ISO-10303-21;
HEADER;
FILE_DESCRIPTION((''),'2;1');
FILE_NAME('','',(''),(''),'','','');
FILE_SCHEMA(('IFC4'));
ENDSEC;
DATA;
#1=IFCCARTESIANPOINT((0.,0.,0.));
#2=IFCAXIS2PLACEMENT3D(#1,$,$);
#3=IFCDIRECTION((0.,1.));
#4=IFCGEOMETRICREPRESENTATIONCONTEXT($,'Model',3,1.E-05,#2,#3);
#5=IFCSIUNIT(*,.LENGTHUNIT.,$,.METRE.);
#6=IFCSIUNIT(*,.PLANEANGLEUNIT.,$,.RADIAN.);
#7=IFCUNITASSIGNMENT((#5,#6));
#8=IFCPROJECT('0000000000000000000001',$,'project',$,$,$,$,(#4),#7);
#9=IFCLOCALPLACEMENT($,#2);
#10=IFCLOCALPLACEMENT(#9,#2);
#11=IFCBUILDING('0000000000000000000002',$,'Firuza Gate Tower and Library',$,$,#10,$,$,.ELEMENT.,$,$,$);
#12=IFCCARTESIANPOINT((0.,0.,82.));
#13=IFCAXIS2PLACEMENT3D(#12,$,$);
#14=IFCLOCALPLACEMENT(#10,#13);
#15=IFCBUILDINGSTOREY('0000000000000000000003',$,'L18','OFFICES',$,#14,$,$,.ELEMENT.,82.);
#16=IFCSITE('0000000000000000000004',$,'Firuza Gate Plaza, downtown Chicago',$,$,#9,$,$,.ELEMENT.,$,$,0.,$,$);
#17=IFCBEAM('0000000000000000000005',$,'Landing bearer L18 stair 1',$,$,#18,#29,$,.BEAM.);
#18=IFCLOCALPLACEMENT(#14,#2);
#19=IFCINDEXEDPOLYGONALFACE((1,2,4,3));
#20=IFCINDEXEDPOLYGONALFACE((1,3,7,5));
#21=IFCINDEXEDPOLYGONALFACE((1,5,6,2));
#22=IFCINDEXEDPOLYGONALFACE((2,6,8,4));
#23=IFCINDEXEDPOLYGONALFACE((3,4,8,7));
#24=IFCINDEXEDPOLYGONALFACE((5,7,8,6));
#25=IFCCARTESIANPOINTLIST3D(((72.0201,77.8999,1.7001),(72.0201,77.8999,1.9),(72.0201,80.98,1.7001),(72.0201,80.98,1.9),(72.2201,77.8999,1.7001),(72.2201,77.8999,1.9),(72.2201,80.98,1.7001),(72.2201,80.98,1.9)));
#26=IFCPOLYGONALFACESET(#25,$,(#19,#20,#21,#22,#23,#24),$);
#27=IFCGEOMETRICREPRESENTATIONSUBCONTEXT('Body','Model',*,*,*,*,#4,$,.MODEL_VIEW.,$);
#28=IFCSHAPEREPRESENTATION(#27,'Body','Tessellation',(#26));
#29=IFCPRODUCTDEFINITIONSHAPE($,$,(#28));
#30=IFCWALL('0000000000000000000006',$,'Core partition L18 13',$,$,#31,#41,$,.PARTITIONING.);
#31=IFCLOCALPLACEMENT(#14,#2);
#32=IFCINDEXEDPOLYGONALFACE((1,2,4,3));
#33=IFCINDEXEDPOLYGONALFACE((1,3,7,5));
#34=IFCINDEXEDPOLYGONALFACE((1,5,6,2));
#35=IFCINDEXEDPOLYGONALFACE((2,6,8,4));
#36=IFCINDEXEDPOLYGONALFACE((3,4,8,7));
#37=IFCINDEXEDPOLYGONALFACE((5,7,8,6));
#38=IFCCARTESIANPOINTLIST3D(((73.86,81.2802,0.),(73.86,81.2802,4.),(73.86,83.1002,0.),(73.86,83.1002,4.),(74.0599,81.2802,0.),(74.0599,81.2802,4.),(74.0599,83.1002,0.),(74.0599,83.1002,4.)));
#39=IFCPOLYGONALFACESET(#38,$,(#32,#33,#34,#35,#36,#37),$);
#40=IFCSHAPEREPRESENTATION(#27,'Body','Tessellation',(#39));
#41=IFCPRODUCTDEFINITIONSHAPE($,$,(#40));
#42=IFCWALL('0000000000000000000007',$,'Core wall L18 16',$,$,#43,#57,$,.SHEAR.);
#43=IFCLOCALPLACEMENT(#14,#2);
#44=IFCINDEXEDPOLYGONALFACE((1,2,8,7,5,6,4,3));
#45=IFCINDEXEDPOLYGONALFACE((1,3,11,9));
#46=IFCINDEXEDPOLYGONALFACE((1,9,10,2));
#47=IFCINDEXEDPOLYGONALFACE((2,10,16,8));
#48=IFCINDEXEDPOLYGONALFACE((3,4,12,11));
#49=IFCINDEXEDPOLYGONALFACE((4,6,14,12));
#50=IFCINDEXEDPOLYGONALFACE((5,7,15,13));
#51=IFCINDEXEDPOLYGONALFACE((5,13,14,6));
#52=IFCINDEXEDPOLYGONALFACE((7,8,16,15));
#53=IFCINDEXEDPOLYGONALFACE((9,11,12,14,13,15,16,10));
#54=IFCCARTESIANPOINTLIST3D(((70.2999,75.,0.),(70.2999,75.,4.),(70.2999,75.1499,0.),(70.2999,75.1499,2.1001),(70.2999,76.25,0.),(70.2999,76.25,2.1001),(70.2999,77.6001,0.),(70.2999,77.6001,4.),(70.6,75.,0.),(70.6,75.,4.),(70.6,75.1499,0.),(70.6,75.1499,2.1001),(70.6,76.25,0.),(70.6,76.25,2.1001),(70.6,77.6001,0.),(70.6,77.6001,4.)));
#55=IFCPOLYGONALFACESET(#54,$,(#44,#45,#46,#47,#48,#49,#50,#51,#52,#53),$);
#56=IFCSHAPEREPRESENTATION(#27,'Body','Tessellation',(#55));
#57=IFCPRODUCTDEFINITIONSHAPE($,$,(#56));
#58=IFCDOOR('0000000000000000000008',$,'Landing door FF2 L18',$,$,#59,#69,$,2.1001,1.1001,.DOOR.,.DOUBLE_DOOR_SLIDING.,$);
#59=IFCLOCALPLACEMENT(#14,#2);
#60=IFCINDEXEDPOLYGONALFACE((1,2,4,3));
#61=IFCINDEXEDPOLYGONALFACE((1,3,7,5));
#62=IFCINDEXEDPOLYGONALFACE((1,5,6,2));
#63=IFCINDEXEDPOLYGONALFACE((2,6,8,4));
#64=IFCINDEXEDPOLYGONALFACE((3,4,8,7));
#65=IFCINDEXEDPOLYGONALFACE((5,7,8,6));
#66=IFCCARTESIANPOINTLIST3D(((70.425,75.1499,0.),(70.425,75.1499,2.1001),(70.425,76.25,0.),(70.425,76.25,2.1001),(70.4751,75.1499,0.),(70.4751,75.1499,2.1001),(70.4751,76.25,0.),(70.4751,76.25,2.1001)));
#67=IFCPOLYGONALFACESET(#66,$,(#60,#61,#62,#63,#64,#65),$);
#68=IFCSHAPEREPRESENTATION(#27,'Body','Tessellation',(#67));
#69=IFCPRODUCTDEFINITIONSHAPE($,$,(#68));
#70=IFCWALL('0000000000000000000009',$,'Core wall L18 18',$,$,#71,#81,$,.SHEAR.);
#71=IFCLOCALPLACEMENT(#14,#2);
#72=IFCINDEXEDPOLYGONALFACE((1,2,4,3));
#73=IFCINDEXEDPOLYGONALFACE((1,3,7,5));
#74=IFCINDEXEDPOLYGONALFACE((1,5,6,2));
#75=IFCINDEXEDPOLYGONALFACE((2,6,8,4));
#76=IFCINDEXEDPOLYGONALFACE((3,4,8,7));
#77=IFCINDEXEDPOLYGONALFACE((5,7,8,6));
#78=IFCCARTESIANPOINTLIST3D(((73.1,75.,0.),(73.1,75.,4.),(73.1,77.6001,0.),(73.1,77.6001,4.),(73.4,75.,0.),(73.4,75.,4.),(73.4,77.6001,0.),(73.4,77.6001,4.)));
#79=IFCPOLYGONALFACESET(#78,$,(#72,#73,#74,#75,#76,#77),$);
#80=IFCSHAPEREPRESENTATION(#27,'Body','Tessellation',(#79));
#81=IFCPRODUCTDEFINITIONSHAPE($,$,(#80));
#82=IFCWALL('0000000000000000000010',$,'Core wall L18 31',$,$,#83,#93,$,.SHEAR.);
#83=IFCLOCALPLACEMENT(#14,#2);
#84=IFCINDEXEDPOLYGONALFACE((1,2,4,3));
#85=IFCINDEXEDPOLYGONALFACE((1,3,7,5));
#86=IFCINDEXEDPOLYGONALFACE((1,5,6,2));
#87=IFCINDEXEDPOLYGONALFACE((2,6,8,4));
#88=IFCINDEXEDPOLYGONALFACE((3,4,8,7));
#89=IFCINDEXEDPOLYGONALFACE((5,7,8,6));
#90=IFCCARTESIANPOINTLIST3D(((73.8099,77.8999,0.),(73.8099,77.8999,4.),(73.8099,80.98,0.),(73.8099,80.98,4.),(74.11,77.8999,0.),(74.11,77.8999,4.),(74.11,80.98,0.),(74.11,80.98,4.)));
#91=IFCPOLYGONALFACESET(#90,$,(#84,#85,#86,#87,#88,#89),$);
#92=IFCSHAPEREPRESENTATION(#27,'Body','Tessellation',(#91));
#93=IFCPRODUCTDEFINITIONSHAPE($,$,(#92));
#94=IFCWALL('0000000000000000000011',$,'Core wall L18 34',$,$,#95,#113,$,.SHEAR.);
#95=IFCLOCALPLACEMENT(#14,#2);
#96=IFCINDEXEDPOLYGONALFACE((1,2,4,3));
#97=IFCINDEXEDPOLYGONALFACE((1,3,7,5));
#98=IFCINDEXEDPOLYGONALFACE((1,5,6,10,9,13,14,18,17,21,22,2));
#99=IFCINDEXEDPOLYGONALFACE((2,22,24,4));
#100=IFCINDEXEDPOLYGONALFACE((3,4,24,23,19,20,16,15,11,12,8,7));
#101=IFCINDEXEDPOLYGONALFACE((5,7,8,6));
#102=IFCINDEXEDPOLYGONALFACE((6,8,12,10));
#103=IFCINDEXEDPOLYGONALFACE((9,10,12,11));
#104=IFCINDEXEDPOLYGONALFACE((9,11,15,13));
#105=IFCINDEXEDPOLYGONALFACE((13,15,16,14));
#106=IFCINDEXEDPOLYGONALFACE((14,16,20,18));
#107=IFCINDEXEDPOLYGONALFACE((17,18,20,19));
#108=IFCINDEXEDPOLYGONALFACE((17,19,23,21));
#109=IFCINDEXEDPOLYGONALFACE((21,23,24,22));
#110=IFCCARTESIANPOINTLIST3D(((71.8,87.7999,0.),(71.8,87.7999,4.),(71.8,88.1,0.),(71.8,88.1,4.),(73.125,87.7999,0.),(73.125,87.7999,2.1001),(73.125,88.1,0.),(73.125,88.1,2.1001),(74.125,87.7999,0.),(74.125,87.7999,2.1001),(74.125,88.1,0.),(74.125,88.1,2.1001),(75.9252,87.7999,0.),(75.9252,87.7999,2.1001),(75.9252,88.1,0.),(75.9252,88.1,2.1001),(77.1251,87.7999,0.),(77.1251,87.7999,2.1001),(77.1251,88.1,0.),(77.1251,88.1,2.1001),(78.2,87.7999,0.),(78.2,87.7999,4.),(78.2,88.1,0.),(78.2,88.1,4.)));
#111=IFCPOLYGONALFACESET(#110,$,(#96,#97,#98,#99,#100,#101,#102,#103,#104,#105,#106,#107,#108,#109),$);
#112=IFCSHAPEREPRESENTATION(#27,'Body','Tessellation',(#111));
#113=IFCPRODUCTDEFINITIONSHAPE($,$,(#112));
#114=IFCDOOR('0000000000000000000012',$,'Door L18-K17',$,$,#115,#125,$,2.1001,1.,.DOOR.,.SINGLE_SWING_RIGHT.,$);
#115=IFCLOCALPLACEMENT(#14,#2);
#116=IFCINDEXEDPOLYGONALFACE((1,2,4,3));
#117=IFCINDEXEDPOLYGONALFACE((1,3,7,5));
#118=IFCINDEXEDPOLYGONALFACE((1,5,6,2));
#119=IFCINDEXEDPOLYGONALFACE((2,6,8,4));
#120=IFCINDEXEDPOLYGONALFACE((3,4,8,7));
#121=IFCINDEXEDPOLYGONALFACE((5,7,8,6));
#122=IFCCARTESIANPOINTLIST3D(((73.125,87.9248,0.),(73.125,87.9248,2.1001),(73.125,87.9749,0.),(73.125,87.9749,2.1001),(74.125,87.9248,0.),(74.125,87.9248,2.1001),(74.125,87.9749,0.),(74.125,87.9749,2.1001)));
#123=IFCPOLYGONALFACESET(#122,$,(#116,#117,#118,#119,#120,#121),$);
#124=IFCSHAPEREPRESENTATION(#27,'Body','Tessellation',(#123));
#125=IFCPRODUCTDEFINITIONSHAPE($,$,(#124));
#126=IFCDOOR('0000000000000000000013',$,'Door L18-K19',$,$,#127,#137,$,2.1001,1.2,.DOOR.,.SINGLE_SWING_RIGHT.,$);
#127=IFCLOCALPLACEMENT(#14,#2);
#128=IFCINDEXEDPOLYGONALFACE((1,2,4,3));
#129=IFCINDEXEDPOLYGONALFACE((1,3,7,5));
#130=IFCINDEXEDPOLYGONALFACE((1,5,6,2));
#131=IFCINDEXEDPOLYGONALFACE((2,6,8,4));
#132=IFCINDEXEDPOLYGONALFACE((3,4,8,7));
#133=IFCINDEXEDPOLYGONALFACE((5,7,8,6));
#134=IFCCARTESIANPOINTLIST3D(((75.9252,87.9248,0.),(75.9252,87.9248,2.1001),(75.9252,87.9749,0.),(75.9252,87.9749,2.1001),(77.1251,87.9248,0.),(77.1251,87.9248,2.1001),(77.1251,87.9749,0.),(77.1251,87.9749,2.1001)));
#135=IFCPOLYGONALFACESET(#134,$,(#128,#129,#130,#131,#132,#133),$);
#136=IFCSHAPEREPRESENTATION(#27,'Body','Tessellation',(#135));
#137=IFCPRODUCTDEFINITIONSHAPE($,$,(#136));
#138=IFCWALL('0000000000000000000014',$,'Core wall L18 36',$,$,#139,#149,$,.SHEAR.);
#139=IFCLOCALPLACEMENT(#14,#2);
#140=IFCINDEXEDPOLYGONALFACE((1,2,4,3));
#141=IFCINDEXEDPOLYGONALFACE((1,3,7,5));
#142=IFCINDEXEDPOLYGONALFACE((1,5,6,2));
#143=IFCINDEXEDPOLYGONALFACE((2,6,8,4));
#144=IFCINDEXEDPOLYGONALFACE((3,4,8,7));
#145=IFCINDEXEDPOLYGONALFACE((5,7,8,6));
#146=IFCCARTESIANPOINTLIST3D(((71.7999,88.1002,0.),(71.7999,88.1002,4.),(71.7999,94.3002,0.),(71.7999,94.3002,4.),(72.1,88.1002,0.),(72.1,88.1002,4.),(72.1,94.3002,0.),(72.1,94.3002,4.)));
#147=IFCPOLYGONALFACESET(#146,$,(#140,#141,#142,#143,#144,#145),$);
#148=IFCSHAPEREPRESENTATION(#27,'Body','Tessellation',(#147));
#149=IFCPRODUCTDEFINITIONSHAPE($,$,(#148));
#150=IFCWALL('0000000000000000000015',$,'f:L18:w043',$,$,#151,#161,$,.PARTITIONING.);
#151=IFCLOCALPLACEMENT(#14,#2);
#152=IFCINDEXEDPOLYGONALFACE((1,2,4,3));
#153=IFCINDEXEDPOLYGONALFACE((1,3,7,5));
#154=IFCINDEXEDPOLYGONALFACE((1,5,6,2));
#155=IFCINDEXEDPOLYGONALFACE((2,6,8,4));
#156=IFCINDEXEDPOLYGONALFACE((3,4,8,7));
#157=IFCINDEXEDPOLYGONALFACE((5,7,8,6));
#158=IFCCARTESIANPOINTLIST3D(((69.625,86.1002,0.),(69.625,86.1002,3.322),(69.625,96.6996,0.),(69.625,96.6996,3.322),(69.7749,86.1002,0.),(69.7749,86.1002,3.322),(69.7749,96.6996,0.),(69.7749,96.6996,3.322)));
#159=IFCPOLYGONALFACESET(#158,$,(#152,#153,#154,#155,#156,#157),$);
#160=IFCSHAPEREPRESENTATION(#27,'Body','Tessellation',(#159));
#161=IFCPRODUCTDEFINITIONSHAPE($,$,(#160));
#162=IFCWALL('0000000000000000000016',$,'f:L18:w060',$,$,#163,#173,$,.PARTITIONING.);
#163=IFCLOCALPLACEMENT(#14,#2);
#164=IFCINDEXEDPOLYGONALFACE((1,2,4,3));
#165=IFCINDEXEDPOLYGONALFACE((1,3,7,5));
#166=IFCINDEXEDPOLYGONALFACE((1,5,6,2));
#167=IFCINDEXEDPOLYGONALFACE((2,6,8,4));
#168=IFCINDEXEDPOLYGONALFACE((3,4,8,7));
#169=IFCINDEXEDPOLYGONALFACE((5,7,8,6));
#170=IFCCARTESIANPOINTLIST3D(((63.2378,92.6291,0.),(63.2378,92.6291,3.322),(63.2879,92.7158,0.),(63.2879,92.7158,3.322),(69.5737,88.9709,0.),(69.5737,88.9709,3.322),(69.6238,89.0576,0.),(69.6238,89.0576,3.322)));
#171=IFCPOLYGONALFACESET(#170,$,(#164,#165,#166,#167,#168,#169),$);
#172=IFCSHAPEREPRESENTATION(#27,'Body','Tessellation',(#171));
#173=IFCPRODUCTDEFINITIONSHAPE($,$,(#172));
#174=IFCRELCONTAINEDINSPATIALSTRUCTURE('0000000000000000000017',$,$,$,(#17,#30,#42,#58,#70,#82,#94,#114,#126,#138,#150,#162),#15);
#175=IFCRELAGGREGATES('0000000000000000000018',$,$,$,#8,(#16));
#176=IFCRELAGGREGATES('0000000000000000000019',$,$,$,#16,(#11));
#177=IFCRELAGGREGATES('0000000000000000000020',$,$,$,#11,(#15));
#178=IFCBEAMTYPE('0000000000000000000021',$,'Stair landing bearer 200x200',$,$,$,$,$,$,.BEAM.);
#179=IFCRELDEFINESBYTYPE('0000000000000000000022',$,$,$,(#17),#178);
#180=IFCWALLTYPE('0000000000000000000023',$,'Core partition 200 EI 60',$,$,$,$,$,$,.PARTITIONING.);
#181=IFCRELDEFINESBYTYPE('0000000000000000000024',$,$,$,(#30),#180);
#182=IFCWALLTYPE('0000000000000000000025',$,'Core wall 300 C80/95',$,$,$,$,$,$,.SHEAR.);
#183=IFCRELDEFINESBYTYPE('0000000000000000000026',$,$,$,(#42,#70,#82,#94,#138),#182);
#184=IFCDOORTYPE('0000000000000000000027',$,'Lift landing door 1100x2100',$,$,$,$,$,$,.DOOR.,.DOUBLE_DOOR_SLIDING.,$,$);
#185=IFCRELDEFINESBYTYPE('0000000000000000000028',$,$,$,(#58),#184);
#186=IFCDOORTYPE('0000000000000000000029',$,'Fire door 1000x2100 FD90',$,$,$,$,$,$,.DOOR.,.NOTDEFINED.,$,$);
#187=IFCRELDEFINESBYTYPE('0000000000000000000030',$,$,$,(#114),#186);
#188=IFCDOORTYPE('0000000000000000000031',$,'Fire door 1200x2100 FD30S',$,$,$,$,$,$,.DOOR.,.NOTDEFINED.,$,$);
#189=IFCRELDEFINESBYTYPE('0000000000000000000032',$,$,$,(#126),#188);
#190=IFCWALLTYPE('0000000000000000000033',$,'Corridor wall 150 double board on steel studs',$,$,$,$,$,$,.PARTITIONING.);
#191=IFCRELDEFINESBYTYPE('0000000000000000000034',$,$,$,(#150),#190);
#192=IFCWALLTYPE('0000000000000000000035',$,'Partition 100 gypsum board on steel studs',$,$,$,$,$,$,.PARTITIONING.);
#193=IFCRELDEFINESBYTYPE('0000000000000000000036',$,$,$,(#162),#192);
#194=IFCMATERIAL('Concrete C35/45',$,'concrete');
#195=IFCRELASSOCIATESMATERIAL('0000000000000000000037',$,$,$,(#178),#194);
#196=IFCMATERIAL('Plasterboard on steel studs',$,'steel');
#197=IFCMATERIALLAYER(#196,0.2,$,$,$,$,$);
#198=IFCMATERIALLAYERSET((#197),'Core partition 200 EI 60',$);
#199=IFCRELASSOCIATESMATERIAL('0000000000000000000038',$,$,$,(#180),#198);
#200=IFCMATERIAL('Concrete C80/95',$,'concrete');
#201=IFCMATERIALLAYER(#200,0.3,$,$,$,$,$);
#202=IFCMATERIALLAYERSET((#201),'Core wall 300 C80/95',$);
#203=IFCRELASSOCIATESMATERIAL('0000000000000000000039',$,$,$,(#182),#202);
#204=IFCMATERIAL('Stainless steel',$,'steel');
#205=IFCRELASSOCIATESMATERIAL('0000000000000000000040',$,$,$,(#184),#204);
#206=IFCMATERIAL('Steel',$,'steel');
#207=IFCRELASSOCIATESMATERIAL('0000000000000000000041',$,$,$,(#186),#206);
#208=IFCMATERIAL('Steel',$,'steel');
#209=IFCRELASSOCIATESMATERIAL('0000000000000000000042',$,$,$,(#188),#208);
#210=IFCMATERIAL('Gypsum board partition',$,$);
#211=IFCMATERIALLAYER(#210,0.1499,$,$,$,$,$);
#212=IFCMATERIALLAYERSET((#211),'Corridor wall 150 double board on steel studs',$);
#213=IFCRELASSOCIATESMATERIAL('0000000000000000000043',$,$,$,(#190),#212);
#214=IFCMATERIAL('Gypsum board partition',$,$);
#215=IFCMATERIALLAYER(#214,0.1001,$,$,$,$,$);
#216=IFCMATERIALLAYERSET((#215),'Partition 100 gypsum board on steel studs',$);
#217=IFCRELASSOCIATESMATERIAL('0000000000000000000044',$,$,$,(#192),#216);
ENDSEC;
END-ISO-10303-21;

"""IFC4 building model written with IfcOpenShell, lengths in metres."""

from ifc_helpers import new_model, si_unit, direction, frame, frame_2d, origin, origin_2d, place, context, subcontext, project, spatial, rectangle, extrude, material, layer, layer_set, material_profile, profile_set, type_object, element, fill, save


model = new_model("IFC4")

# Units and contexts
model_context = context("Model", 3, precision=1e-05, world=origin(), true_north=direction((0.0, 1.0)))
body_context = subcontext(model_context, "Body", "Model", "MODEL_VIEW")
ifc_project = project(units=[si_unit("LENGTHUNIT", "METRE"), si_unit("PLANEANGLEUNIT", "RADIAN")], contexts=[model_context])

# Site, building, storey
site_placement = place(None, origin())
site = spatial("IfcSite", under=ifc_project, at=site_placement, Name="Firuza Gate Plaza, downtown Chicago", CompositionType="ELEMENT", RefElevation=0.0)
building_placement = place(site_placement, origin())
building = spatial("IfcBuilding", under=site, at=building_placement, Name="Firuza Gate Tower and Library", CompositionType="ELEMENT")
storey_placement = place(building_placement, frame((0.0, 0.0, 82.0)))
storey = spatial("IfcBuildingStorey", under=building, at=storey_placement, Name="L18", Description="OFFICES", CompositionType="ELEMENT", Elevation=82.0)

# Beam
ifc_material_1 = material(Name="Concrete C35/45", Category="concrete")
ifc_material_profile = material_profile(ifc_material_1, rectangle(XDim=0.2, YDim=0.2, at=origin_2d()))
ifc_profile_set = profile_set([ifc_material_profile], Name="Concrete C35/45")
beam_type = type_object("IfcBeamType", Name="Stair landing bearer 200x200", PredefinedType="BEAM", material=ifc_profile_set)
beam_placement = place(storey_placement, frame((72.1201, 77.8999, 1.8), z_axis=(0.0, 1.0, 0.0), x_axis=(-1.0, 0.0, 0.0)))
element("IfcBeam", 1, at=beam_placement, inside=storey, type_object=beam_type, Name="Landing bearer L18 stair 1", PredefinedType="BEAM", context=body_context, shape_type="SweptSolid", body=[
    extrude(rectangle(XDim=0.2, YDim=0.2, at=origin_2d()), origin(), (0.0, 0.0, 1.0), 3.0801),
])

# Wall
ifc_material_2 = material(Name="Plasterboard on steel studs", Category="steel")
ifc_layer_1 = layer(ifc_material_2, 0.2)
ifc_layer_set_1 = layer_set([ifc_layer_1], Name="Core partition 200 EI 60")
wall_type_1 = type_object("IfcWallType", Name="Core partition 200 EI 60", PredefinedType="PARTITIONING", material=ifc_layer_set_1)
wall_1_placement = place(storey_placement, frame((73.96, 81.28, 0.0), z_axis=(0.0, 0.0, 1.0), x_axis=(0.0, 1.0, 0.0)))
element("IfcWall", 2, at=wall_1_placement, inside=storey, type_object=wall_type_1, Name="Core partition L18 13", PredefinedType="PARTITIONING", context=body_context, shape_type="SweptSolid", body=[
    extrude(rectangle(XDim=1.8201, YDim=0.2, at=frame_2d((0.9102, 0.0))), origin(), (0.0, 0.0, 1.0), 4.0),
])

# Wall, opening, door
ifc_material_3 = material(Name="Concrete C80/95", Category="concrete")
ifc_layer_2 = layer(ifc_material_3, 0.3)
ifc_layer_set_2 = layer_set([ifc_layer_2], Name="Core wall 300 C80/95")
wall_type_2 = type_object("IfcWallType", Name="Core wall 300 C80/95", PredefinedType="SHEAR", material=ifc_layer_set_2)
wall_2_placement = place(storey_placement, frame((70.45, 75.0, 0.0), z_axis=(0.0, 0.0, 1.0), x_axis=(0.0, 1.0, 0.0)))
wall_2 = element("IfcWall", 3, at=wall_2_placement, inside=storey, type_object=wall_type_2, Name="Core wall L18 16", PredefinedType="SHEAR", context=body_context, shape_type="SweptSolid", body=[
    extrude(rectangle(XDim=2.6001, YDim=0.3, at=frame_2d((1.3, 0.0))), origin(), (0.0, 0.0, 1.0), 4.0),
])
opening_1_placement = place(wall_2_placement, frame((0.1499, 0.0, 0.0)))
opening_1 = element("IfcOpeningElement", 4, at=opening_1_placement, cuts=wall_2, PredefinedType="OPENING", context=body_context, shape_type="SweptSolid", body=[
    extrude(rectangle(XDim=1.1001, YDim=2.1001, at=frame_2d((0.55, 1.05))), frame((0.0, 0.1602, 0.0), z_axis=(0.0, -1.0, 0.0), x_axis=(1.0, 0.0, 0.0)), (0.0, 0.0, 1.0), 0.3201),
])
ifc_material_4 = material(Name="Stainless steel", Category="steel")
door_type_1 = type_object("IfcDoorType", Name="Lift landing door 1100x2100", OperationType="DOUBLE_DOOR_SLIDING", PredefinedType="DOOR", material=ifc_material_4)
door_1_placement = place(opening_1_placement, origin())
door_1 = element("IfcDoor", 5, at=door_1_placement, inside=storey, type_object=door_type_1, Name="Landing door FF2 L18", OperationType="DOUBLE_DOOR_SLIDING", OverallHeight=2.1001, OverallWidth=1.1001, PredefinedType="DOOR", context=body_context, shape_type="SweptSolid", body=[
    extrude(rectangle(XDim=1.1001, YDim=2.1001, at=frame_2d((0.55, 1.05))), frame((0.0, 0.0249, 0.0), z_axis=(0.0, -1.0, 0.0), x_axis=(1.0, 0.0, 0.0)), (0.0, 0.0, 1.0), 0.05),
])
fill(opening_1, door_1)

# Walls
wall_3_placement = place(storey_placement, frame((73.25, 75.0, 0.0), z_axis=(0.0, 0.0, 1.0), x_axis=(0.0, 1.0, 0.0)))
element("IfcWall", 6, at=wall_3_placement, inside=storey, type_object=wall_type_2, Name="Core wall L18 18", PredefinedType="SHEAR", context=body_context, shape_type="SweptSolid", body=[
    extrude(rectangle(XDim=2.6001, YDim=0.3, at=frame_2d((1.3, 0.0))), origin(), (0.0, 0.0, 1.0), 4.0),
])
wall_4_placement = place(storey_placement, frame((73.96, 77.8999, 0.0), z_axis=(0.0, 0.0, 1.0), x_axis=(0.0, 1.0, 0.0)))
element("IfcWall", 7, at=wall_4_placement, inside=storey, type_object=wall_type_2, Name="Core wall L18 31", PredefinedType="SHEAR", context=body_context, shape_type="SweptSolid", body=[
    extrude(rectangle(XDim=3.0801, YDim=0.3, at=frame_2d((1.54, 0.0))), origin(), (0.0, 0.0, 1.0), 4.0),
])

# Wall, openings, doors
wall_5_placement = place(storey_placement, frame((71.8, 87.95, 0.0), z_axis=(0.0, 0.0, 1.0), x_axis=(1.0, 0.0, 0.0)))
wall_5 = element("IfcWall", 8, at=wall_5_placement, inside=storey, type_object=wall_type_2, Name="Core wall L18 34", PredefinedType="SHEAR", context=body_context, shape_type="SweptSolid", body=[
    extrude(rectangle(XDim=6.3999, YDim=0.3, at=frame_2d((3.2, 0.0))), origin(), (0.0, 0.0, 1.0), 4.0),
])
opening_2_placement = place(wall_5_placement, frame((1.325, 0.0, 0.0)))
opening_2 = element("IfcOpeningElement", 9, at=opening_2_placement, cuts=wall_5, PredefinedType="OPENING", context=body_context, shape_type="SweptSolid", body=[
    extrude(rectangle(XDim=1.0, YDim=2.1001, at=frame_2d((0.5, 1.05))), frame((0.0, 0.1602, 0.0), z_axis=(0.0, -1.0, 0.0), x_axis=(1.0, 0.0, 0.0)), (0.0, 0.0, 1.0), 0.3201),
])
opening_3_placement = place(wall_5_placement, frame((4.125, 0.0, 0.0)))
opening_3 = element("IfcOpeningElement", 10, at=opening_3_placement, cuts=wall_5, PredefinedType="OPENING", context=body_context, shape_type="SweptSolid", body=[
    extrude(rectangle(XDim=1.2, YDim=2.1001, at=frame_2d((0.6001, 1.05))), frame((0.0, 0.1602, 0.0), z_axis=(0.0, -1.0, 0.0), x_axis=(1.0, 0.0, 0.0)), (0.0, 0.0, 1.0), 0.3201),
])
ifc_material_5 = material(Name="Steel", Category="steel")
door_type_2 = type_object("IfcDoorType", Name="Fire door 1000x2100 FD90", OperationType="NOTDEFINED", PredefinedType="DOOR", material=ifc_material_5)
door_2_placement = place(opening_2_placement, origin())
door_2 = element("IfcDoor", 11, at=door_2_placement, inside=storey, type_object=door_type_2, Name="Door L18-K17", OperationType="SINGLE_SWING_RIGHT", OverallHeight=2.1001, OverallWidth=1.0, PredefinedType="DOOR", context=body_context, shape_type="SweptSolid", body=[
    extrude(rectangle(XDim=1.0, YDim=2.1001, at=frame_2d((0.5, 1.05))), frame((0.0, 0.0249, 0.0), z_axis=(0.0, -1.0, 0.0), x_axis=(1.0, 0.0, 0.0)), (0.0, 0.0, 1.0), 0.05),
])
fill(opening_2, door_2)
ifc_material_6 = material(Name="Steel", Category="steel")
door_type_3 = type_object("IfcDoorType", Name="Fire door 1200x2100 FD30S", OperationType="NOTDEFINED", PredefinedType="DOOR", material=ifc_material_6)
door_3_placement = place(opening_3_placement, origin())
door_3 = element("IfcDoor", 12, at=door_3_placement, inside=storey, type_object=door_type_3, Name="Door L18-K19", OperationType="SINGLE_SWING_RIGHT", OverallHeight=2.1001, OverallWidth=1.2, PredefinedType="DOOR", context=body_context, shape_type="SweptSolid", body=[
    extrude(rectangle(XDim=1.2, YDim=2.1001, at=frame_2d((0.6001, 1.05))), frame((0.0, 0.0249, 0.0), z_axis=(0.0, -1.0, 0.0), x_axis=(1.0, 0.0, 0.0)), (0.0, 0.0, 1.0), 0.05),
])
fill(opening_3, door_3)

# Walls
wall_6_placement = place(storey_placement, frame((71.95, 88.1001, 0.0), z_axis=(0.0, 0.0, 1.0), x_axis=(0.0, 1.0, 0.0)))
element("IfcWall", 13, at=wall_6_placement, inside=storey, type_object=wall_type_2, Name="Core wall L18 36", PredefinedType="SHEAR", context=body_context, shape_type="SweptSolid", body=[
    extrude(rectangle(XDim=6.2, YDim=0.3, at=frame_2d((3.1001, 0.0))), origin(), (0.0, 0.0, 1.0), 4.0),
])
ifc_material_7 = material(Name="Gypsum board partition")
ifc_layer_3 = layer(ifc_material_7, 0.1499)
ifc_layer_set_3 = layer_set([ifc_layer_3], Name="Corridor wall 150 double board on steel studs")
wall_type_3 = type_object("IfcWallType", Name="Corridor wall 150 double board on steel studs", PredefinedType="PARTITIONING", material=ifc_layer_set_3)
wall_7_placement = place(storey_placement, frame((69.7, 86.1001, 0.0), z_axis=(0.0, 0.0, 1.0), x_axis=(0.0, 1.0, 0.0)))
element("IfcWall", 14, at=wall_7_placement, inside=storey, type_object=wall_type_3, Name="f:L18:w043", PredefinedType="PARTITIONING", context=body_context, shape_type="SweptSolid", body=[
    extrude(rectangle(XDim=10.5994, YDim=0.1499, at=frame_2d((5.2998, 0.0))), origin(), (0.0, 0.0, 1.0), 3.322),
])
ifc_material_8 = material(Name="Gypsum board partition")
ifc_layer_4 = layer(ifc_material_8, 0.1001)
ifc_layer_set_4 = layer_set([ifc_layer_4], Name="Partition 100 gypsum board on steel studs")
wall_type_4 = type_object("IfcWallType", Name="Partition 100 gypsum board on steel studs", PredefinedType="PARTITIONING", material=ifc_layer_set_4)
wall_8_placement = place(storey_placement, frame((69.5989, 89.0142, 0.0), z_axis=(0.0, 0.0, 1.0), x_axis=(-0.866017, 0.500015, 0.0)))
element("IfcWall", 15, at=wall_8_placement, inside=storey, type_object=wall_type_4, Name="f:L18:w060", PredefinedType="PARTITIONING", context=body_context, shape_type="SweptSolid", body=[
    extrude(rectangle(XDim=7.3162, YDim=0.1001, at=frame_2d((3.6582, 0.0))), origin(), (0.0, 0.0, 1.0), 3.322),
])

save(model, "model.ifc")
